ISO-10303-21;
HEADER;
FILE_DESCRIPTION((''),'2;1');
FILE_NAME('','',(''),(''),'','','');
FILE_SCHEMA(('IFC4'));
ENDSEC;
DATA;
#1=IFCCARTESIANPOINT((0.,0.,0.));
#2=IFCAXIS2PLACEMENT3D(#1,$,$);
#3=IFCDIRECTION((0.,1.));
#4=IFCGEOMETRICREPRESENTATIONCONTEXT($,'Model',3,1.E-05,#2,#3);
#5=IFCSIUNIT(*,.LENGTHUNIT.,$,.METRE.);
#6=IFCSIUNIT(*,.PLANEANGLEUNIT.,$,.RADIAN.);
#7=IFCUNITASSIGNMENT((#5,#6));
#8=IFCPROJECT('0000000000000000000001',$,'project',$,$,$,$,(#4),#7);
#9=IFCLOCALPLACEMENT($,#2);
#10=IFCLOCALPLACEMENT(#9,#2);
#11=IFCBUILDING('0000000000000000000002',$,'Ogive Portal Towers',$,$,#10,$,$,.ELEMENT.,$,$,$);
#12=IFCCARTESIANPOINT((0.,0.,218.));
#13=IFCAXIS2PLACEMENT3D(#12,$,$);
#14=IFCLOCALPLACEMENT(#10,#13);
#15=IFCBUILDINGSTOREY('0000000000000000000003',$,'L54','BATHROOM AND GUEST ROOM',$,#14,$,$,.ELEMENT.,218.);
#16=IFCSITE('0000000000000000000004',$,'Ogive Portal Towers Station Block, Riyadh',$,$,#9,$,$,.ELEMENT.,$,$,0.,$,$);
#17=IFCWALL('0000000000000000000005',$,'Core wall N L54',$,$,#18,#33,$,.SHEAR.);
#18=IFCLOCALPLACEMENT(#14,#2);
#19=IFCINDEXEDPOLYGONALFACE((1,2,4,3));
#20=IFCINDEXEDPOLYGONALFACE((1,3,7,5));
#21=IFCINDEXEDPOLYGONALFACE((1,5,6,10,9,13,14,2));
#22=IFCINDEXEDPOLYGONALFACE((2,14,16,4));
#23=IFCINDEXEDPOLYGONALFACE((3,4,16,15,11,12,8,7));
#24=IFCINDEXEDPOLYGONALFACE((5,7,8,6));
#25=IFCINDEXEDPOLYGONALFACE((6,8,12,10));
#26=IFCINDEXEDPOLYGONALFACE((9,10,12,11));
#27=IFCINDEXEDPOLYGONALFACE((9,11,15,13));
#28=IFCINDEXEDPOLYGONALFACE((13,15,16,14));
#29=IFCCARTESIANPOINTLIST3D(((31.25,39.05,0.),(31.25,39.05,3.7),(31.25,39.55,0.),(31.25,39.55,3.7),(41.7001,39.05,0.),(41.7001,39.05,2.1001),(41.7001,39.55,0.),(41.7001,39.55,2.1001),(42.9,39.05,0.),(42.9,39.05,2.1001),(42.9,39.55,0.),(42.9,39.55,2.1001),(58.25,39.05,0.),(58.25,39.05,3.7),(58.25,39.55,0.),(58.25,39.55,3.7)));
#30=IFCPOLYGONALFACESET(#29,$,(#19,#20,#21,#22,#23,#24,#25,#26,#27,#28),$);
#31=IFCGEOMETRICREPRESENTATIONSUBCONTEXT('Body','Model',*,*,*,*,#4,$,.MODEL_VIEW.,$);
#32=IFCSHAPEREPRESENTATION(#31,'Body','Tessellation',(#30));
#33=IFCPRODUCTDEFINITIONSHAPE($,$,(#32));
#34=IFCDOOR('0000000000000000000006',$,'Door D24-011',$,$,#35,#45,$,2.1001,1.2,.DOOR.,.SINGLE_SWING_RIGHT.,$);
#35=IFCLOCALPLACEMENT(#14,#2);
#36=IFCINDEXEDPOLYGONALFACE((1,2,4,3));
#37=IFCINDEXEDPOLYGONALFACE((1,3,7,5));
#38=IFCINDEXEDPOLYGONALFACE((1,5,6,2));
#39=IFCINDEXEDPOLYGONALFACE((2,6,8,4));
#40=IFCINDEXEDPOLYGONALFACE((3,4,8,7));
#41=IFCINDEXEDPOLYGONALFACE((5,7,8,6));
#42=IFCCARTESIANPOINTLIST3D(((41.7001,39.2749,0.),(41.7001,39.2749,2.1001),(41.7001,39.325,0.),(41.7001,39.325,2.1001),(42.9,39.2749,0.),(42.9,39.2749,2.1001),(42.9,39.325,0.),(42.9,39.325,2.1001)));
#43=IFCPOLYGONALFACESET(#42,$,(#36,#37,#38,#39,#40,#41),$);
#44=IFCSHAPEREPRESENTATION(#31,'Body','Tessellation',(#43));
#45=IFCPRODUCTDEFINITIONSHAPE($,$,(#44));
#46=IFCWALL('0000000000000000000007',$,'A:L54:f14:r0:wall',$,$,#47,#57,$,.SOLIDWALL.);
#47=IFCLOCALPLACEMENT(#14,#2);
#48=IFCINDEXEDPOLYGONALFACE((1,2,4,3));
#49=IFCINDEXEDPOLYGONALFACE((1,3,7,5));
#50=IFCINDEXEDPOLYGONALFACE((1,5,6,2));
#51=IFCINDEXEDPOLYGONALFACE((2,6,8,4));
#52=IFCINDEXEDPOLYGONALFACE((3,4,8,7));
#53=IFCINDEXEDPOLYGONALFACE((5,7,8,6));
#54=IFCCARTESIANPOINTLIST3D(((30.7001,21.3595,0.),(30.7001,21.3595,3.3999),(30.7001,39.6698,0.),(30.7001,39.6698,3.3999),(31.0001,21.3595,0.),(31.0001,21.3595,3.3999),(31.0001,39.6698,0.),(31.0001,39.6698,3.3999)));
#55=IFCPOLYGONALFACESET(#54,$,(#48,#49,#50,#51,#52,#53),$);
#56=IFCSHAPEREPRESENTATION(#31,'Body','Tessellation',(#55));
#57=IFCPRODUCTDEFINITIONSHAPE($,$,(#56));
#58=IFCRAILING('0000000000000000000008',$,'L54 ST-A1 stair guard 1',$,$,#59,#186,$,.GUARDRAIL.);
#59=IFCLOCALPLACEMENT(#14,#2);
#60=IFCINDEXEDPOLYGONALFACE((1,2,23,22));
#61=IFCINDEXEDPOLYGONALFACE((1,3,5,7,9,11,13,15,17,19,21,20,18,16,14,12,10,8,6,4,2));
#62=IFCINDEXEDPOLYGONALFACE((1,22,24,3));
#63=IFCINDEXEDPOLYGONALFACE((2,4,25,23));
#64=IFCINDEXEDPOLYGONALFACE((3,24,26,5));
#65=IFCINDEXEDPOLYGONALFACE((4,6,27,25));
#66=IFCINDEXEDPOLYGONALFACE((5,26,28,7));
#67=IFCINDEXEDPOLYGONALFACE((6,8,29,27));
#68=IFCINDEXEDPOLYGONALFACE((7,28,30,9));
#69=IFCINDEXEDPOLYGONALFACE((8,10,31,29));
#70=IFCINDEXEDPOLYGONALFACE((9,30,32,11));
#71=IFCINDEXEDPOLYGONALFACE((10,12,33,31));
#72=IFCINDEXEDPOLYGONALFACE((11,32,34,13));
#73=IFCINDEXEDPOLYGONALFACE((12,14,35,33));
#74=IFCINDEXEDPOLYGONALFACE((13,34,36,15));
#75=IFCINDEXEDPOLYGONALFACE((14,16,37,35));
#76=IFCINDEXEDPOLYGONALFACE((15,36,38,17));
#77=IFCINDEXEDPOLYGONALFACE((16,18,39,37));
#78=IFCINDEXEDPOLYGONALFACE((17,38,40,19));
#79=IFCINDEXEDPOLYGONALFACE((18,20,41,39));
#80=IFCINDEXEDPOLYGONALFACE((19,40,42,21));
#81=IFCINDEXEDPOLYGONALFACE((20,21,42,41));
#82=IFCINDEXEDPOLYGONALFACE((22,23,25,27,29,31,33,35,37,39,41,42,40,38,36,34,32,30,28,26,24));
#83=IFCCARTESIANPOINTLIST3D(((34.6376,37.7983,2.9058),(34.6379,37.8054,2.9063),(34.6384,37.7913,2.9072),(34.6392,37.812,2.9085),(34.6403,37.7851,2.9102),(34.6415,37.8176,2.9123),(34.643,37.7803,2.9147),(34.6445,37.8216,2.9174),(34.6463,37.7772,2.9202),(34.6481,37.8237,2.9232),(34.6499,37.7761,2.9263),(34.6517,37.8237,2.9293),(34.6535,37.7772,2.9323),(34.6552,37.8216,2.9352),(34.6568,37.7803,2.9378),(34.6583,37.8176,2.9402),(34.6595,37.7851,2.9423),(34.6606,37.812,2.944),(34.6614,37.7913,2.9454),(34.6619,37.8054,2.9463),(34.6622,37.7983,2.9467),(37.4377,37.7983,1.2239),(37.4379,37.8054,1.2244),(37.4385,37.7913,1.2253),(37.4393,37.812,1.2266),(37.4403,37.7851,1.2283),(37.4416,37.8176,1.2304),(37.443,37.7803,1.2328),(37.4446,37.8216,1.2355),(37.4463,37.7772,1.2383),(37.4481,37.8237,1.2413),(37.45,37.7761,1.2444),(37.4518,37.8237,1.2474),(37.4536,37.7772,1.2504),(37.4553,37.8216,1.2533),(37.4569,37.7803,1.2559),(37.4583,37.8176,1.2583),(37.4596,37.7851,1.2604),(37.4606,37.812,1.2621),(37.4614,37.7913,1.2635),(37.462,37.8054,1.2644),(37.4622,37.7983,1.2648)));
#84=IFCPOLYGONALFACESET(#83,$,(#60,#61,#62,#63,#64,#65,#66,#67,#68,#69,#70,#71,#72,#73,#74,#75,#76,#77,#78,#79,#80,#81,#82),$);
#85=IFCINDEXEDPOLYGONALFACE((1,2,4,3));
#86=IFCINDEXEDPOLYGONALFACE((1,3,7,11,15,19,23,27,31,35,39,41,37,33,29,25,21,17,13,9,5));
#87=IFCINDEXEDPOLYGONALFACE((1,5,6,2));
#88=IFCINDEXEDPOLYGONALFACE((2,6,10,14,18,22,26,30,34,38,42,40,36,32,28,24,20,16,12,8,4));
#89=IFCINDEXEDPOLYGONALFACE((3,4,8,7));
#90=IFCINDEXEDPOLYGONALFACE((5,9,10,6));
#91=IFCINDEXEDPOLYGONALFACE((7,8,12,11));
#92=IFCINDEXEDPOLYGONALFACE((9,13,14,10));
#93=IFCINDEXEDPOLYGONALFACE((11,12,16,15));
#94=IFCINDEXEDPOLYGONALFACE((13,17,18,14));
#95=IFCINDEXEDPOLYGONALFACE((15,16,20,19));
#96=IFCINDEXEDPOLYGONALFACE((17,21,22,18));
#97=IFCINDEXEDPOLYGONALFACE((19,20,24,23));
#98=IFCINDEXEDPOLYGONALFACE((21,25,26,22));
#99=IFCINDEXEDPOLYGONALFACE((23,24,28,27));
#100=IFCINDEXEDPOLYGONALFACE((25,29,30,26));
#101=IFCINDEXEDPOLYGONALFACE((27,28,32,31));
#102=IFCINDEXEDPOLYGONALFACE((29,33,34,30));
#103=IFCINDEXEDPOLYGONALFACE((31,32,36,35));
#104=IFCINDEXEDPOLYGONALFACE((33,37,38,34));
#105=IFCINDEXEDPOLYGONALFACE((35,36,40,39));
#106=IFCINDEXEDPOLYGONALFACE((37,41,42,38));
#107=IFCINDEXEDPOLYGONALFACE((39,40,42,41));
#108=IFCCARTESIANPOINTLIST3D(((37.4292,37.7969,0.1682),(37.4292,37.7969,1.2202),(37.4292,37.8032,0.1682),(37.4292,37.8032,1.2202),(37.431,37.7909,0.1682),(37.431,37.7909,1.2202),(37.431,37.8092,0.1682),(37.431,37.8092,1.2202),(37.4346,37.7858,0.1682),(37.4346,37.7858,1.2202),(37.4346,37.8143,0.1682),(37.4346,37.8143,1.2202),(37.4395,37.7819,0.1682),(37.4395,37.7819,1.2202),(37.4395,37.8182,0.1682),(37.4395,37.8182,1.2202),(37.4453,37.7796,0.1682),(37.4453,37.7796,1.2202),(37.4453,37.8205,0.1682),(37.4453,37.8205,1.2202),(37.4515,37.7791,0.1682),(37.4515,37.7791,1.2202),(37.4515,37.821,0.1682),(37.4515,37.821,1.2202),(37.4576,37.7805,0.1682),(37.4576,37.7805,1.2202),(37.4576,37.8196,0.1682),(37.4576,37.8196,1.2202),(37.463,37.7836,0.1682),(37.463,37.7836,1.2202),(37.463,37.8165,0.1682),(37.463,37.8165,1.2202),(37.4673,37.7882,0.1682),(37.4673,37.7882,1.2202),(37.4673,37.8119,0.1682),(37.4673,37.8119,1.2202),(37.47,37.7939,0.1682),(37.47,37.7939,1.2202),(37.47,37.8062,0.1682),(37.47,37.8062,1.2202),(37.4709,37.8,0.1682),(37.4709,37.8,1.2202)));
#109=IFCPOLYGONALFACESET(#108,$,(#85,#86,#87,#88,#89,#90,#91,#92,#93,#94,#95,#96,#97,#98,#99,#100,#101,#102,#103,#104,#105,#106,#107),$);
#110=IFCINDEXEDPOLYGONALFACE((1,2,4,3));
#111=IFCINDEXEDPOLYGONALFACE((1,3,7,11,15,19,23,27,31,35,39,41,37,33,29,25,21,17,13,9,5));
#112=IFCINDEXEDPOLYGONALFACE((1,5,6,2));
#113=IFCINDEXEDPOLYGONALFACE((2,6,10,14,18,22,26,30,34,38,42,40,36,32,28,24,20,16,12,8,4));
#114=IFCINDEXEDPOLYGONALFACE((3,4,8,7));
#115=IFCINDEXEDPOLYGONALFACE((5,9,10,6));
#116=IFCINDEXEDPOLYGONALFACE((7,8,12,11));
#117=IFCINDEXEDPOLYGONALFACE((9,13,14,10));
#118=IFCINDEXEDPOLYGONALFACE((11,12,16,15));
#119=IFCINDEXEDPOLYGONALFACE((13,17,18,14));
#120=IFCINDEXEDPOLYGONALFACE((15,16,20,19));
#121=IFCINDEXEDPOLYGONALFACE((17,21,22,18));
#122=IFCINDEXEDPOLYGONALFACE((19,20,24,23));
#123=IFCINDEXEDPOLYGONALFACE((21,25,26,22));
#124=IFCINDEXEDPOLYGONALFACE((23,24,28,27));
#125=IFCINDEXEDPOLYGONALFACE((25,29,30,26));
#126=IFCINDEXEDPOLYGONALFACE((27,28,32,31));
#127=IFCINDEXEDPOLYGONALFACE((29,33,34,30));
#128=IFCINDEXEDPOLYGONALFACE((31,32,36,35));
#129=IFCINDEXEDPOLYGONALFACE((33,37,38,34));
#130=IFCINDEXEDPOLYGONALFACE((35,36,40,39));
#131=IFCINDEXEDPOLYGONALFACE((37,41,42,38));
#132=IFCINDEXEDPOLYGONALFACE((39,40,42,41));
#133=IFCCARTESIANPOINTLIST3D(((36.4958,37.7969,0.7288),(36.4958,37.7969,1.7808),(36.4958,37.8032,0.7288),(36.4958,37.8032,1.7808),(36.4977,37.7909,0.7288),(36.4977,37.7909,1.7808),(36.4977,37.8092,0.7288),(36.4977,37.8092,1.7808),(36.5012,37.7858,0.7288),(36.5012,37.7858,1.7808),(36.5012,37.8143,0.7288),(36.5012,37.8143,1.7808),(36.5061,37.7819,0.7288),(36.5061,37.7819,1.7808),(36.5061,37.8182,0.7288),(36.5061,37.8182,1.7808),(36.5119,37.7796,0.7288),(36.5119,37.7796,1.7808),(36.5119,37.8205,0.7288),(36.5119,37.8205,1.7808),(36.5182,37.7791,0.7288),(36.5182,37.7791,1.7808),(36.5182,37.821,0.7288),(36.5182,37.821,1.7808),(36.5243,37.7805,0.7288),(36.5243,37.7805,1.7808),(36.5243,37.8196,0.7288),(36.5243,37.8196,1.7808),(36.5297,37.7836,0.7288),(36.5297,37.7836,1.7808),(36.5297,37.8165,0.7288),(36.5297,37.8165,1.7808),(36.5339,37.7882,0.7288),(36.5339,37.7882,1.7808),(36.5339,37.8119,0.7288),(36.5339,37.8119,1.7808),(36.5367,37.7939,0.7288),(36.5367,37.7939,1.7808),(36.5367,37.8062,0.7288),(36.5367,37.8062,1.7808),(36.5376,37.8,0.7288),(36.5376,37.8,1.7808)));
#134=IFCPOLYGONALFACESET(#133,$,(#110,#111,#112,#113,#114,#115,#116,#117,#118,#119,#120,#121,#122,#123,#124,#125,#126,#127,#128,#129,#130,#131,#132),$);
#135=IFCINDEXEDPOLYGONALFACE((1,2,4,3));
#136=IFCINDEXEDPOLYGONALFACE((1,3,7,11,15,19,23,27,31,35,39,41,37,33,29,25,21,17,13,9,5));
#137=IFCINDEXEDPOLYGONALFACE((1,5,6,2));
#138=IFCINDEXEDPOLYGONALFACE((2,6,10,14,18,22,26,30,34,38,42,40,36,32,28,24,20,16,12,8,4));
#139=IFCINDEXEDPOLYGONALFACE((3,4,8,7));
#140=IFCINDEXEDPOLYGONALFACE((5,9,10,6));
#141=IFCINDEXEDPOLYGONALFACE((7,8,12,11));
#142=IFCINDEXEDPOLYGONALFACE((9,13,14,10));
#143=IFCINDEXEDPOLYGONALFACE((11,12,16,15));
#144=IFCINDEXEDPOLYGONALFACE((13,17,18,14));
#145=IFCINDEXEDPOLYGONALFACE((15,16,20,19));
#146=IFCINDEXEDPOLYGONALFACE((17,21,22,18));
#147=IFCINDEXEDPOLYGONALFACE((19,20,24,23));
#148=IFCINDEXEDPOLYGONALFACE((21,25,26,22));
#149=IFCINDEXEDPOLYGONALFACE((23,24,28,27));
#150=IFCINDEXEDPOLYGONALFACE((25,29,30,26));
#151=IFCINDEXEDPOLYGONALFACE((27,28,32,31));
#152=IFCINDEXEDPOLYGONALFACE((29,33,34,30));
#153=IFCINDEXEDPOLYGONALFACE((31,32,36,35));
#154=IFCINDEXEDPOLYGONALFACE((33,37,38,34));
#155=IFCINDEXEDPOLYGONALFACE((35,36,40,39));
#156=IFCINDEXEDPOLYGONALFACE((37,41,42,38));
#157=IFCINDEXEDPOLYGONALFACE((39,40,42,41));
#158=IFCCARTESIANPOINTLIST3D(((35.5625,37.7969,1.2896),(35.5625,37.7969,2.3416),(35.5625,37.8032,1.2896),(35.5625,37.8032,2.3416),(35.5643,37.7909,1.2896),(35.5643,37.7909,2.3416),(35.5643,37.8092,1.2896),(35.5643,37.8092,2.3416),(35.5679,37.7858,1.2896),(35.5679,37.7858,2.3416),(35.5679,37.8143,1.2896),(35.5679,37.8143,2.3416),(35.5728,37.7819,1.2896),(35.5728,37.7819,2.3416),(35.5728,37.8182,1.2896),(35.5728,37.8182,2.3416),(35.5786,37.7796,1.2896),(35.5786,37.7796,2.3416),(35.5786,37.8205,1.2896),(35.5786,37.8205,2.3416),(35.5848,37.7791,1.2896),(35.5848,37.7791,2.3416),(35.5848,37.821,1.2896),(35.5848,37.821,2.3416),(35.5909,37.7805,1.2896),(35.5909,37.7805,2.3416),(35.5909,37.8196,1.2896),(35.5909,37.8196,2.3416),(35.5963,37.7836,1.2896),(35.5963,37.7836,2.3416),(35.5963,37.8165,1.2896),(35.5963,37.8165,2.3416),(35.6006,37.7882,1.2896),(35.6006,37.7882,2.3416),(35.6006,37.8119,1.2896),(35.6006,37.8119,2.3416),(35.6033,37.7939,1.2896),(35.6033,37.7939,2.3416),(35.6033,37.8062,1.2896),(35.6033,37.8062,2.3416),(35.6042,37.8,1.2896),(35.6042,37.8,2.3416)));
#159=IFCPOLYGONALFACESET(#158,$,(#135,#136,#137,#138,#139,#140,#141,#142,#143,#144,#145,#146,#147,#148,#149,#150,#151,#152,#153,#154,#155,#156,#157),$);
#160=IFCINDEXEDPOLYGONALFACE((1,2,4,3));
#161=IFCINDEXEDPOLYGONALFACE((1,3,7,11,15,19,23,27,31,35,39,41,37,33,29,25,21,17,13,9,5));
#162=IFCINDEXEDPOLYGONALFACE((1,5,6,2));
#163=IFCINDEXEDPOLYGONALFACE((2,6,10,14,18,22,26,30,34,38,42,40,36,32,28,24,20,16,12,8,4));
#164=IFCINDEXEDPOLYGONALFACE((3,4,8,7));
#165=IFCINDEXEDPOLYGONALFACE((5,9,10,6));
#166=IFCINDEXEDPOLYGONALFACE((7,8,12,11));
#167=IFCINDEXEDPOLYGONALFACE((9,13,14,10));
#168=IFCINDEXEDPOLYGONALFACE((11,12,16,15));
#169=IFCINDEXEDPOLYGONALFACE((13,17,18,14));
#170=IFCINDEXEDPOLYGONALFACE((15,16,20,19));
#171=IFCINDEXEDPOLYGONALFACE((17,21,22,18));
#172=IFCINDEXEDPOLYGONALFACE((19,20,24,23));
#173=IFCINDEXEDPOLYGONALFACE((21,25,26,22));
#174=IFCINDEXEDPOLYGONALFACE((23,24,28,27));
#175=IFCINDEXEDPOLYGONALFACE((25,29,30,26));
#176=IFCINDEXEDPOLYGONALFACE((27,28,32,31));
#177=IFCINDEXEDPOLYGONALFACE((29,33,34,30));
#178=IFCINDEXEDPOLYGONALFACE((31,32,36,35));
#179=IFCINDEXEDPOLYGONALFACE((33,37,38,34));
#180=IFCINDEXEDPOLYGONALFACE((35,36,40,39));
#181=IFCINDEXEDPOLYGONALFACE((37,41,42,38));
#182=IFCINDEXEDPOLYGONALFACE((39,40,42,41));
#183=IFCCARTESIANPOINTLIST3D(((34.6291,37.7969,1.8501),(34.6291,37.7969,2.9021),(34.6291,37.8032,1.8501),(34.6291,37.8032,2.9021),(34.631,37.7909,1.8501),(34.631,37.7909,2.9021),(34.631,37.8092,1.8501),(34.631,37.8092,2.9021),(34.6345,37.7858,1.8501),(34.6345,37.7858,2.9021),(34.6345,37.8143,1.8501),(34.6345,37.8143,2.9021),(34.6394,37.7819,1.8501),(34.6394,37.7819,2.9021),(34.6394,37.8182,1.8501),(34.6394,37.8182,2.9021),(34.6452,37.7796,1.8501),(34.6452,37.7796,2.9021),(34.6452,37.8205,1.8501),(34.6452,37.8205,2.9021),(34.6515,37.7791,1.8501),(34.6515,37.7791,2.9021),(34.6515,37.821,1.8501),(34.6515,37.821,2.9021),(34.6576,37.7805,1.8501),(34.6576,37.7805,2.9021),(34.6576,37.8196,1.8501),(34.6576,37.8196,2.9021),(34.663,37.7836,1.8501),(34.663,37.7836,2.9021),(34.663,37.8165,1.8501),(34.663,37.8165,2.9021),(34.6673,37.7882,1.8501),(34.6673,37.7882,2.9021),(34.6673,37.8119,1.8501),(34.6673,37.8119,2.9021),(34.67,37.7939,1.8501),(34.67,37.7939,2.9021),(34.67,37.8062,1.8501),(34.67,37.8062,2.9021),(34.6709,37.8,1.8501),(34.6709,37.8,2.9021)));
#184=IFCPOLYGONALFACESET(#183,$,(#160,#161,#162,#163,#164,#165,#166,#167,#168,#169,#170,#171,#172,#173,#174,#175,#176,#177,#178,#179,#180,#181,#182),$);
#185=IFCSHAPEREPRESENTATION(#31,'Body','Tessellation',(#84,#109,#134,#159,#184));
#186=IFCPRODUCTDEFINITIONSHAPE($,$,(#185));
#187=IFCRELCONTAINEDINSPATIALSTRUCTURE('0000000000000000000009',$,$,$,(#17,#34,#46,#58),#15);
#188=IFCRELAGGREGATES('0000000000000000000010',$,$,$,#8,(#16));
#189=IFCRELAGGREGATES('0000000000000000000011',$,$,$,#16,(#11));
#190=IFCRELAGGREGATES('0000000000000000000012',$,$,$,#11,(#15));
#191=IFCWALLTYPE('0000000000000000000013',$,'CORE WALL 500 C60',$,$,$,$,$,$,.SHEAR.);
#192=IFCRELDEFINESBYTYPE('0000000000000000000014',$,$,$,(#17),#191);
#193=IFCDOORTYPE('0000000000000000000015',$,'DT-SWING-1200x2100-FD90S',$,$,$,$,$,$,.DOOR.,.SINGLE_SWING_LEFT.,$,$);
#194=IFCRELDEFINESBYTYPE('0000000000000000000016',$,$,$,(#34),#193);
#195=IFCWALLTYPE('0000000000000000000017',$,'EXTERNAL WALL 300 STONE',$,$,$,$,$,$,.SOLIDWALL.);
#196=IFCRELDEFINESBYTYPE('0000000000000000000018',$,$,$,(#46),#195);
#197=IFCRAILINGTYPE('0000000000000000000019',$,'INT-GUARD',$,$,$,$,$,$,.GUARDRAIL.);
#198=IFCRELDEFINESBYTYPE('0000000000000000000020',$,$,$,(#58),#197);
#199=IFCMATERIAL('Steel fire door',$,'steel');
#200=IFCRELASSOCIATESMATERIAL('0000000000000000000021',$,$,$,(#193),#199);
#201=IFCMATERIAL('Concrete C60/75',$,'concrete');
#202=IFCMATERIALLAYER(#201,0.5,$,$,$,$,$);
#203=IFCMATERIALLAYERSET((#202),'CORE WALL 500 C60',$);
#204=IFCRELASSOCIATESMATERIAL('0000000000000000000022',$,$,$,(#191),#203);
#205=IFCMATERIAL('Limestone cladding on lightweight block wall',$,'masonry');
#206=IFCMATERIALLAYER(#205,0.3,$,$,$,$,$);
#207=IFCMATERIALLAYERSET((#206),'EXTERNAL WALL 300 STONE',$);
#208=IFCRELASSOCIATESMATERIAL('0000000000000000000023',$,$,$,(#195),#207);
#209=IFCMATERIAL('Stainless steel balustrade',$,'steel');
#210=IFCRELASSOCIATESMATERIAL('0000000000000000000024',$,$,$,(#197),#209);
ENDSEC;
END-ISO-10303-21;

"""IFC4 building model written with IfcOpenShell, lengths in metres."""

from ifc_helpers import new_model, si_unit, direction, frame, frame_2d, origin, origin_2d, place, context, subcontext, project, spatial, rectangle, circle, extrude, material, layer, layer_set, type_object, element, fill, save


model = new_model("IFC4")

# Units and contexts
model_context = context("Model", 3, precision=1e-05, world=origin(), true_north=direction((0.0, 1.0)))
body_context = subcontext(model_context, "Body", "Model", "MODEL_VIEW")
ifc_project = project(units=[si_unit("LENGTHUNIT", "METRE"), si_unit("PLANEANGLEUNIT", "RADIAN")], contexts=[model_context])

# Site, building, storey
site_placement = place(None, origin())
site = spatial("IfcSite", under=ifc_project, at=site_placement, Name="Ogive Portal Towers Station Block, Riyadh", CompositionType="ELEMENT", RefElevation=0.0)
building_placement = place(site_placement, origin())
building = spatial("IfcBuilding", under=site, at=building_placement, Name="Ogive Portal Towers", CompositionType="ELEMENT")
storey_placement = place(building_placement, frame((0.0, 0.0, 218.0)))
storey = spatial("IfcBuildingStorey", under=building, at=storey_placement, Name="L54", Description="BATHROOM AND GUEST ROOM", CompositionType="ELEMENT", Elevation=218.0)

# Shared definitions
ifc_material_1 = material(Name="Concrete C60/75", Category="concrete")
ifc_material_2 = material(Name="Steel fire door", Category="steel")
door_type_1 = type_object("IfcDoorType", Name="DT-SWING-1200x2100-FD90S", OperationType="SINGLE_SWING_LEFT", PredefinedType="DOOR", material=ifc_material_2)

# Wall, opening, door
ifc_layer_1 = layer(ifc_material_1, 0.5)
ifc_layer_set_1 = layer_set([ifc_layer_1], Name="CORE WALL 500 C60")
wall_type_1 = type_object("IfcWallType", Name="CORE WALL 500 C60", PredefinedType="SHEAR", material=ifc_layer_set_1)
wall_1_placement = place(storey_placement, frame((31.25, 39.3, 0.0), z_axis=(0.0, 0.0, 1.0), x_axis=(1.0, 0.0, 0.0)))
wall_1 = element("IfcWall", 1, at=wall_1_placement, inside=storey, type_object=wall_type_1, Name="Core wall N L54", PredefinedType="SHEAR", context=body_context, shape_type="SweptSolid", body=[
    extrude(rectangle(XDim=27.0, YDim=0.5, at=frame_2d((13.5, 0.0))), origin(), (0.0, 0.0, 1.0), 3.7),
])
opening_1_placement = place(wall_1_placement, frame((10.45, 0.0, 0.0)))
opening_1 = element("IfcOpeningElement", 2, at=opening_1_placement, cuts=wall_1, PredefinedType="OPENING", context=body_context, shape_type="SweptSolid", body=[
    extrude(rectangle(XDim=1.2, YDim=2.1001, at=frame_2d((0.6001, 1.05))), frame((0.0, 0.26, 0.0), z_axis=(0.0, -1.0, 0.0), x_axis=(1.0, 0.0, 0.0)), (0.0, 0.0, 1.0), 0.52),
])
door_1_placement = place(opening_1_placement, origin())
door_1 = element("IfcDoor", 3, at=door_1_placement, inside=storey, type_object=door_type_1, Name="Door D24-011", OperationType="SINGLE_SWING_RIGHT", OverallHeight=2.1001, OverallWidth=1.2, PredefinedType="DOOR", context=body_context, shape_type="SweptSolid", body=[
    extrude(rectangle(XDim=1.2, YDim=2.1001, at=frame_2d((0.6001, 1.05))), frame((0.0, 0.0249, 0.0), z_axis=(0.0, -1.0, 0.0), x_axis=(1.0, 0.0, 0.0)), (0.0, 0.0, 1.0), 0.05),
])
fill(opening_1, door_1)

# Wall
ifc_material_3 = material(Name="Limestone cladding on lightweight block wall", Category="masonry")
ifc_layer_2 = layer(ifc_material_3, 0.3)
ifc_layer_set_2 = layer_set([ifc_layer_2], Name="EXTERNAL WALL 300 STONE")
wall_type_2 = type_object("IfcWallType", Name="EXTERNAL WALL 300 STONE", PredefinedType="SOLIDWALL", material=ifc_layer_set_2)
wall_2_placement = place(storey_placement, frame((30.8501, 39.6699, 0.0), z_axis=(0.0, 0.0, 1.0), x_axis=(0.0, -1.0, 0.0)))
element("IfcWall", 4, at=wall_2_placement, inside=storey, type_object=wall_type_2, Name="A:L54:f14:r0:wall", PredefinedType="SOLIDWALL", context=body_context, shape_type="SweptSolid", body=[
    extrude(rectangle(XDim=18.3103, YDim=0.3, at=frame_2d((9.1553, 0.0))), origin(), (0.0, 0.0, 1.0), 3.3999),
])

# Railing
ifc_material_4 = material(Name="Stainless steel balustrade", Category="steel")
railing_type_1 = type_object("IfcRailingType", Name="INT-GUARD", PredefinedType="GUARDRAIL", material=ifc_material_4)
railing_1_placement = place(storey_placement, frame((37.45, 37.8, 0.1682)))
element("IfcRailing", 5, at=railing_1_placement, inside=storey, type_object=railing_type_1, Name="L54 ST-A1 stair guard 1", PredefinedType="GUARDRAIL", context=body_context, shape_type="SweptSolid", body=[
    extrude(circle(Radius=0.0239, at=origin_2d()), frame((0.0, 0.0, 1.0762), z_axis=(-0.857242, 0.0, 0.514913), x_axis=(0.0, -1.0, 0.0)), (0.0, 0.0, 1.0), 3.2664),
    extrude(circle(Radius=0.021, at=origin_2d()), origin(), (0.0, 0.0, 1.0), 1.052),
    extrude(circle(Radius=0.021, at=origin_2d()), frame((-0.9333, 0.0, 0.5605)), (0.0, 0.0, 1.0), 1.052),
    extrude(circle(Radius=0.021, at=origin_2d()), frame((-1.8667, 0.0, 1.1213)), (0.0, 0.0, 1.0), 1.052),
    extrude(circle(Radius=0.021, at=origin_2d()), frame((-2.8, 0.0, 1.6819)), (0.0, 0.0, 1.0), 1.052),
])

save(model, "model.ifc")
